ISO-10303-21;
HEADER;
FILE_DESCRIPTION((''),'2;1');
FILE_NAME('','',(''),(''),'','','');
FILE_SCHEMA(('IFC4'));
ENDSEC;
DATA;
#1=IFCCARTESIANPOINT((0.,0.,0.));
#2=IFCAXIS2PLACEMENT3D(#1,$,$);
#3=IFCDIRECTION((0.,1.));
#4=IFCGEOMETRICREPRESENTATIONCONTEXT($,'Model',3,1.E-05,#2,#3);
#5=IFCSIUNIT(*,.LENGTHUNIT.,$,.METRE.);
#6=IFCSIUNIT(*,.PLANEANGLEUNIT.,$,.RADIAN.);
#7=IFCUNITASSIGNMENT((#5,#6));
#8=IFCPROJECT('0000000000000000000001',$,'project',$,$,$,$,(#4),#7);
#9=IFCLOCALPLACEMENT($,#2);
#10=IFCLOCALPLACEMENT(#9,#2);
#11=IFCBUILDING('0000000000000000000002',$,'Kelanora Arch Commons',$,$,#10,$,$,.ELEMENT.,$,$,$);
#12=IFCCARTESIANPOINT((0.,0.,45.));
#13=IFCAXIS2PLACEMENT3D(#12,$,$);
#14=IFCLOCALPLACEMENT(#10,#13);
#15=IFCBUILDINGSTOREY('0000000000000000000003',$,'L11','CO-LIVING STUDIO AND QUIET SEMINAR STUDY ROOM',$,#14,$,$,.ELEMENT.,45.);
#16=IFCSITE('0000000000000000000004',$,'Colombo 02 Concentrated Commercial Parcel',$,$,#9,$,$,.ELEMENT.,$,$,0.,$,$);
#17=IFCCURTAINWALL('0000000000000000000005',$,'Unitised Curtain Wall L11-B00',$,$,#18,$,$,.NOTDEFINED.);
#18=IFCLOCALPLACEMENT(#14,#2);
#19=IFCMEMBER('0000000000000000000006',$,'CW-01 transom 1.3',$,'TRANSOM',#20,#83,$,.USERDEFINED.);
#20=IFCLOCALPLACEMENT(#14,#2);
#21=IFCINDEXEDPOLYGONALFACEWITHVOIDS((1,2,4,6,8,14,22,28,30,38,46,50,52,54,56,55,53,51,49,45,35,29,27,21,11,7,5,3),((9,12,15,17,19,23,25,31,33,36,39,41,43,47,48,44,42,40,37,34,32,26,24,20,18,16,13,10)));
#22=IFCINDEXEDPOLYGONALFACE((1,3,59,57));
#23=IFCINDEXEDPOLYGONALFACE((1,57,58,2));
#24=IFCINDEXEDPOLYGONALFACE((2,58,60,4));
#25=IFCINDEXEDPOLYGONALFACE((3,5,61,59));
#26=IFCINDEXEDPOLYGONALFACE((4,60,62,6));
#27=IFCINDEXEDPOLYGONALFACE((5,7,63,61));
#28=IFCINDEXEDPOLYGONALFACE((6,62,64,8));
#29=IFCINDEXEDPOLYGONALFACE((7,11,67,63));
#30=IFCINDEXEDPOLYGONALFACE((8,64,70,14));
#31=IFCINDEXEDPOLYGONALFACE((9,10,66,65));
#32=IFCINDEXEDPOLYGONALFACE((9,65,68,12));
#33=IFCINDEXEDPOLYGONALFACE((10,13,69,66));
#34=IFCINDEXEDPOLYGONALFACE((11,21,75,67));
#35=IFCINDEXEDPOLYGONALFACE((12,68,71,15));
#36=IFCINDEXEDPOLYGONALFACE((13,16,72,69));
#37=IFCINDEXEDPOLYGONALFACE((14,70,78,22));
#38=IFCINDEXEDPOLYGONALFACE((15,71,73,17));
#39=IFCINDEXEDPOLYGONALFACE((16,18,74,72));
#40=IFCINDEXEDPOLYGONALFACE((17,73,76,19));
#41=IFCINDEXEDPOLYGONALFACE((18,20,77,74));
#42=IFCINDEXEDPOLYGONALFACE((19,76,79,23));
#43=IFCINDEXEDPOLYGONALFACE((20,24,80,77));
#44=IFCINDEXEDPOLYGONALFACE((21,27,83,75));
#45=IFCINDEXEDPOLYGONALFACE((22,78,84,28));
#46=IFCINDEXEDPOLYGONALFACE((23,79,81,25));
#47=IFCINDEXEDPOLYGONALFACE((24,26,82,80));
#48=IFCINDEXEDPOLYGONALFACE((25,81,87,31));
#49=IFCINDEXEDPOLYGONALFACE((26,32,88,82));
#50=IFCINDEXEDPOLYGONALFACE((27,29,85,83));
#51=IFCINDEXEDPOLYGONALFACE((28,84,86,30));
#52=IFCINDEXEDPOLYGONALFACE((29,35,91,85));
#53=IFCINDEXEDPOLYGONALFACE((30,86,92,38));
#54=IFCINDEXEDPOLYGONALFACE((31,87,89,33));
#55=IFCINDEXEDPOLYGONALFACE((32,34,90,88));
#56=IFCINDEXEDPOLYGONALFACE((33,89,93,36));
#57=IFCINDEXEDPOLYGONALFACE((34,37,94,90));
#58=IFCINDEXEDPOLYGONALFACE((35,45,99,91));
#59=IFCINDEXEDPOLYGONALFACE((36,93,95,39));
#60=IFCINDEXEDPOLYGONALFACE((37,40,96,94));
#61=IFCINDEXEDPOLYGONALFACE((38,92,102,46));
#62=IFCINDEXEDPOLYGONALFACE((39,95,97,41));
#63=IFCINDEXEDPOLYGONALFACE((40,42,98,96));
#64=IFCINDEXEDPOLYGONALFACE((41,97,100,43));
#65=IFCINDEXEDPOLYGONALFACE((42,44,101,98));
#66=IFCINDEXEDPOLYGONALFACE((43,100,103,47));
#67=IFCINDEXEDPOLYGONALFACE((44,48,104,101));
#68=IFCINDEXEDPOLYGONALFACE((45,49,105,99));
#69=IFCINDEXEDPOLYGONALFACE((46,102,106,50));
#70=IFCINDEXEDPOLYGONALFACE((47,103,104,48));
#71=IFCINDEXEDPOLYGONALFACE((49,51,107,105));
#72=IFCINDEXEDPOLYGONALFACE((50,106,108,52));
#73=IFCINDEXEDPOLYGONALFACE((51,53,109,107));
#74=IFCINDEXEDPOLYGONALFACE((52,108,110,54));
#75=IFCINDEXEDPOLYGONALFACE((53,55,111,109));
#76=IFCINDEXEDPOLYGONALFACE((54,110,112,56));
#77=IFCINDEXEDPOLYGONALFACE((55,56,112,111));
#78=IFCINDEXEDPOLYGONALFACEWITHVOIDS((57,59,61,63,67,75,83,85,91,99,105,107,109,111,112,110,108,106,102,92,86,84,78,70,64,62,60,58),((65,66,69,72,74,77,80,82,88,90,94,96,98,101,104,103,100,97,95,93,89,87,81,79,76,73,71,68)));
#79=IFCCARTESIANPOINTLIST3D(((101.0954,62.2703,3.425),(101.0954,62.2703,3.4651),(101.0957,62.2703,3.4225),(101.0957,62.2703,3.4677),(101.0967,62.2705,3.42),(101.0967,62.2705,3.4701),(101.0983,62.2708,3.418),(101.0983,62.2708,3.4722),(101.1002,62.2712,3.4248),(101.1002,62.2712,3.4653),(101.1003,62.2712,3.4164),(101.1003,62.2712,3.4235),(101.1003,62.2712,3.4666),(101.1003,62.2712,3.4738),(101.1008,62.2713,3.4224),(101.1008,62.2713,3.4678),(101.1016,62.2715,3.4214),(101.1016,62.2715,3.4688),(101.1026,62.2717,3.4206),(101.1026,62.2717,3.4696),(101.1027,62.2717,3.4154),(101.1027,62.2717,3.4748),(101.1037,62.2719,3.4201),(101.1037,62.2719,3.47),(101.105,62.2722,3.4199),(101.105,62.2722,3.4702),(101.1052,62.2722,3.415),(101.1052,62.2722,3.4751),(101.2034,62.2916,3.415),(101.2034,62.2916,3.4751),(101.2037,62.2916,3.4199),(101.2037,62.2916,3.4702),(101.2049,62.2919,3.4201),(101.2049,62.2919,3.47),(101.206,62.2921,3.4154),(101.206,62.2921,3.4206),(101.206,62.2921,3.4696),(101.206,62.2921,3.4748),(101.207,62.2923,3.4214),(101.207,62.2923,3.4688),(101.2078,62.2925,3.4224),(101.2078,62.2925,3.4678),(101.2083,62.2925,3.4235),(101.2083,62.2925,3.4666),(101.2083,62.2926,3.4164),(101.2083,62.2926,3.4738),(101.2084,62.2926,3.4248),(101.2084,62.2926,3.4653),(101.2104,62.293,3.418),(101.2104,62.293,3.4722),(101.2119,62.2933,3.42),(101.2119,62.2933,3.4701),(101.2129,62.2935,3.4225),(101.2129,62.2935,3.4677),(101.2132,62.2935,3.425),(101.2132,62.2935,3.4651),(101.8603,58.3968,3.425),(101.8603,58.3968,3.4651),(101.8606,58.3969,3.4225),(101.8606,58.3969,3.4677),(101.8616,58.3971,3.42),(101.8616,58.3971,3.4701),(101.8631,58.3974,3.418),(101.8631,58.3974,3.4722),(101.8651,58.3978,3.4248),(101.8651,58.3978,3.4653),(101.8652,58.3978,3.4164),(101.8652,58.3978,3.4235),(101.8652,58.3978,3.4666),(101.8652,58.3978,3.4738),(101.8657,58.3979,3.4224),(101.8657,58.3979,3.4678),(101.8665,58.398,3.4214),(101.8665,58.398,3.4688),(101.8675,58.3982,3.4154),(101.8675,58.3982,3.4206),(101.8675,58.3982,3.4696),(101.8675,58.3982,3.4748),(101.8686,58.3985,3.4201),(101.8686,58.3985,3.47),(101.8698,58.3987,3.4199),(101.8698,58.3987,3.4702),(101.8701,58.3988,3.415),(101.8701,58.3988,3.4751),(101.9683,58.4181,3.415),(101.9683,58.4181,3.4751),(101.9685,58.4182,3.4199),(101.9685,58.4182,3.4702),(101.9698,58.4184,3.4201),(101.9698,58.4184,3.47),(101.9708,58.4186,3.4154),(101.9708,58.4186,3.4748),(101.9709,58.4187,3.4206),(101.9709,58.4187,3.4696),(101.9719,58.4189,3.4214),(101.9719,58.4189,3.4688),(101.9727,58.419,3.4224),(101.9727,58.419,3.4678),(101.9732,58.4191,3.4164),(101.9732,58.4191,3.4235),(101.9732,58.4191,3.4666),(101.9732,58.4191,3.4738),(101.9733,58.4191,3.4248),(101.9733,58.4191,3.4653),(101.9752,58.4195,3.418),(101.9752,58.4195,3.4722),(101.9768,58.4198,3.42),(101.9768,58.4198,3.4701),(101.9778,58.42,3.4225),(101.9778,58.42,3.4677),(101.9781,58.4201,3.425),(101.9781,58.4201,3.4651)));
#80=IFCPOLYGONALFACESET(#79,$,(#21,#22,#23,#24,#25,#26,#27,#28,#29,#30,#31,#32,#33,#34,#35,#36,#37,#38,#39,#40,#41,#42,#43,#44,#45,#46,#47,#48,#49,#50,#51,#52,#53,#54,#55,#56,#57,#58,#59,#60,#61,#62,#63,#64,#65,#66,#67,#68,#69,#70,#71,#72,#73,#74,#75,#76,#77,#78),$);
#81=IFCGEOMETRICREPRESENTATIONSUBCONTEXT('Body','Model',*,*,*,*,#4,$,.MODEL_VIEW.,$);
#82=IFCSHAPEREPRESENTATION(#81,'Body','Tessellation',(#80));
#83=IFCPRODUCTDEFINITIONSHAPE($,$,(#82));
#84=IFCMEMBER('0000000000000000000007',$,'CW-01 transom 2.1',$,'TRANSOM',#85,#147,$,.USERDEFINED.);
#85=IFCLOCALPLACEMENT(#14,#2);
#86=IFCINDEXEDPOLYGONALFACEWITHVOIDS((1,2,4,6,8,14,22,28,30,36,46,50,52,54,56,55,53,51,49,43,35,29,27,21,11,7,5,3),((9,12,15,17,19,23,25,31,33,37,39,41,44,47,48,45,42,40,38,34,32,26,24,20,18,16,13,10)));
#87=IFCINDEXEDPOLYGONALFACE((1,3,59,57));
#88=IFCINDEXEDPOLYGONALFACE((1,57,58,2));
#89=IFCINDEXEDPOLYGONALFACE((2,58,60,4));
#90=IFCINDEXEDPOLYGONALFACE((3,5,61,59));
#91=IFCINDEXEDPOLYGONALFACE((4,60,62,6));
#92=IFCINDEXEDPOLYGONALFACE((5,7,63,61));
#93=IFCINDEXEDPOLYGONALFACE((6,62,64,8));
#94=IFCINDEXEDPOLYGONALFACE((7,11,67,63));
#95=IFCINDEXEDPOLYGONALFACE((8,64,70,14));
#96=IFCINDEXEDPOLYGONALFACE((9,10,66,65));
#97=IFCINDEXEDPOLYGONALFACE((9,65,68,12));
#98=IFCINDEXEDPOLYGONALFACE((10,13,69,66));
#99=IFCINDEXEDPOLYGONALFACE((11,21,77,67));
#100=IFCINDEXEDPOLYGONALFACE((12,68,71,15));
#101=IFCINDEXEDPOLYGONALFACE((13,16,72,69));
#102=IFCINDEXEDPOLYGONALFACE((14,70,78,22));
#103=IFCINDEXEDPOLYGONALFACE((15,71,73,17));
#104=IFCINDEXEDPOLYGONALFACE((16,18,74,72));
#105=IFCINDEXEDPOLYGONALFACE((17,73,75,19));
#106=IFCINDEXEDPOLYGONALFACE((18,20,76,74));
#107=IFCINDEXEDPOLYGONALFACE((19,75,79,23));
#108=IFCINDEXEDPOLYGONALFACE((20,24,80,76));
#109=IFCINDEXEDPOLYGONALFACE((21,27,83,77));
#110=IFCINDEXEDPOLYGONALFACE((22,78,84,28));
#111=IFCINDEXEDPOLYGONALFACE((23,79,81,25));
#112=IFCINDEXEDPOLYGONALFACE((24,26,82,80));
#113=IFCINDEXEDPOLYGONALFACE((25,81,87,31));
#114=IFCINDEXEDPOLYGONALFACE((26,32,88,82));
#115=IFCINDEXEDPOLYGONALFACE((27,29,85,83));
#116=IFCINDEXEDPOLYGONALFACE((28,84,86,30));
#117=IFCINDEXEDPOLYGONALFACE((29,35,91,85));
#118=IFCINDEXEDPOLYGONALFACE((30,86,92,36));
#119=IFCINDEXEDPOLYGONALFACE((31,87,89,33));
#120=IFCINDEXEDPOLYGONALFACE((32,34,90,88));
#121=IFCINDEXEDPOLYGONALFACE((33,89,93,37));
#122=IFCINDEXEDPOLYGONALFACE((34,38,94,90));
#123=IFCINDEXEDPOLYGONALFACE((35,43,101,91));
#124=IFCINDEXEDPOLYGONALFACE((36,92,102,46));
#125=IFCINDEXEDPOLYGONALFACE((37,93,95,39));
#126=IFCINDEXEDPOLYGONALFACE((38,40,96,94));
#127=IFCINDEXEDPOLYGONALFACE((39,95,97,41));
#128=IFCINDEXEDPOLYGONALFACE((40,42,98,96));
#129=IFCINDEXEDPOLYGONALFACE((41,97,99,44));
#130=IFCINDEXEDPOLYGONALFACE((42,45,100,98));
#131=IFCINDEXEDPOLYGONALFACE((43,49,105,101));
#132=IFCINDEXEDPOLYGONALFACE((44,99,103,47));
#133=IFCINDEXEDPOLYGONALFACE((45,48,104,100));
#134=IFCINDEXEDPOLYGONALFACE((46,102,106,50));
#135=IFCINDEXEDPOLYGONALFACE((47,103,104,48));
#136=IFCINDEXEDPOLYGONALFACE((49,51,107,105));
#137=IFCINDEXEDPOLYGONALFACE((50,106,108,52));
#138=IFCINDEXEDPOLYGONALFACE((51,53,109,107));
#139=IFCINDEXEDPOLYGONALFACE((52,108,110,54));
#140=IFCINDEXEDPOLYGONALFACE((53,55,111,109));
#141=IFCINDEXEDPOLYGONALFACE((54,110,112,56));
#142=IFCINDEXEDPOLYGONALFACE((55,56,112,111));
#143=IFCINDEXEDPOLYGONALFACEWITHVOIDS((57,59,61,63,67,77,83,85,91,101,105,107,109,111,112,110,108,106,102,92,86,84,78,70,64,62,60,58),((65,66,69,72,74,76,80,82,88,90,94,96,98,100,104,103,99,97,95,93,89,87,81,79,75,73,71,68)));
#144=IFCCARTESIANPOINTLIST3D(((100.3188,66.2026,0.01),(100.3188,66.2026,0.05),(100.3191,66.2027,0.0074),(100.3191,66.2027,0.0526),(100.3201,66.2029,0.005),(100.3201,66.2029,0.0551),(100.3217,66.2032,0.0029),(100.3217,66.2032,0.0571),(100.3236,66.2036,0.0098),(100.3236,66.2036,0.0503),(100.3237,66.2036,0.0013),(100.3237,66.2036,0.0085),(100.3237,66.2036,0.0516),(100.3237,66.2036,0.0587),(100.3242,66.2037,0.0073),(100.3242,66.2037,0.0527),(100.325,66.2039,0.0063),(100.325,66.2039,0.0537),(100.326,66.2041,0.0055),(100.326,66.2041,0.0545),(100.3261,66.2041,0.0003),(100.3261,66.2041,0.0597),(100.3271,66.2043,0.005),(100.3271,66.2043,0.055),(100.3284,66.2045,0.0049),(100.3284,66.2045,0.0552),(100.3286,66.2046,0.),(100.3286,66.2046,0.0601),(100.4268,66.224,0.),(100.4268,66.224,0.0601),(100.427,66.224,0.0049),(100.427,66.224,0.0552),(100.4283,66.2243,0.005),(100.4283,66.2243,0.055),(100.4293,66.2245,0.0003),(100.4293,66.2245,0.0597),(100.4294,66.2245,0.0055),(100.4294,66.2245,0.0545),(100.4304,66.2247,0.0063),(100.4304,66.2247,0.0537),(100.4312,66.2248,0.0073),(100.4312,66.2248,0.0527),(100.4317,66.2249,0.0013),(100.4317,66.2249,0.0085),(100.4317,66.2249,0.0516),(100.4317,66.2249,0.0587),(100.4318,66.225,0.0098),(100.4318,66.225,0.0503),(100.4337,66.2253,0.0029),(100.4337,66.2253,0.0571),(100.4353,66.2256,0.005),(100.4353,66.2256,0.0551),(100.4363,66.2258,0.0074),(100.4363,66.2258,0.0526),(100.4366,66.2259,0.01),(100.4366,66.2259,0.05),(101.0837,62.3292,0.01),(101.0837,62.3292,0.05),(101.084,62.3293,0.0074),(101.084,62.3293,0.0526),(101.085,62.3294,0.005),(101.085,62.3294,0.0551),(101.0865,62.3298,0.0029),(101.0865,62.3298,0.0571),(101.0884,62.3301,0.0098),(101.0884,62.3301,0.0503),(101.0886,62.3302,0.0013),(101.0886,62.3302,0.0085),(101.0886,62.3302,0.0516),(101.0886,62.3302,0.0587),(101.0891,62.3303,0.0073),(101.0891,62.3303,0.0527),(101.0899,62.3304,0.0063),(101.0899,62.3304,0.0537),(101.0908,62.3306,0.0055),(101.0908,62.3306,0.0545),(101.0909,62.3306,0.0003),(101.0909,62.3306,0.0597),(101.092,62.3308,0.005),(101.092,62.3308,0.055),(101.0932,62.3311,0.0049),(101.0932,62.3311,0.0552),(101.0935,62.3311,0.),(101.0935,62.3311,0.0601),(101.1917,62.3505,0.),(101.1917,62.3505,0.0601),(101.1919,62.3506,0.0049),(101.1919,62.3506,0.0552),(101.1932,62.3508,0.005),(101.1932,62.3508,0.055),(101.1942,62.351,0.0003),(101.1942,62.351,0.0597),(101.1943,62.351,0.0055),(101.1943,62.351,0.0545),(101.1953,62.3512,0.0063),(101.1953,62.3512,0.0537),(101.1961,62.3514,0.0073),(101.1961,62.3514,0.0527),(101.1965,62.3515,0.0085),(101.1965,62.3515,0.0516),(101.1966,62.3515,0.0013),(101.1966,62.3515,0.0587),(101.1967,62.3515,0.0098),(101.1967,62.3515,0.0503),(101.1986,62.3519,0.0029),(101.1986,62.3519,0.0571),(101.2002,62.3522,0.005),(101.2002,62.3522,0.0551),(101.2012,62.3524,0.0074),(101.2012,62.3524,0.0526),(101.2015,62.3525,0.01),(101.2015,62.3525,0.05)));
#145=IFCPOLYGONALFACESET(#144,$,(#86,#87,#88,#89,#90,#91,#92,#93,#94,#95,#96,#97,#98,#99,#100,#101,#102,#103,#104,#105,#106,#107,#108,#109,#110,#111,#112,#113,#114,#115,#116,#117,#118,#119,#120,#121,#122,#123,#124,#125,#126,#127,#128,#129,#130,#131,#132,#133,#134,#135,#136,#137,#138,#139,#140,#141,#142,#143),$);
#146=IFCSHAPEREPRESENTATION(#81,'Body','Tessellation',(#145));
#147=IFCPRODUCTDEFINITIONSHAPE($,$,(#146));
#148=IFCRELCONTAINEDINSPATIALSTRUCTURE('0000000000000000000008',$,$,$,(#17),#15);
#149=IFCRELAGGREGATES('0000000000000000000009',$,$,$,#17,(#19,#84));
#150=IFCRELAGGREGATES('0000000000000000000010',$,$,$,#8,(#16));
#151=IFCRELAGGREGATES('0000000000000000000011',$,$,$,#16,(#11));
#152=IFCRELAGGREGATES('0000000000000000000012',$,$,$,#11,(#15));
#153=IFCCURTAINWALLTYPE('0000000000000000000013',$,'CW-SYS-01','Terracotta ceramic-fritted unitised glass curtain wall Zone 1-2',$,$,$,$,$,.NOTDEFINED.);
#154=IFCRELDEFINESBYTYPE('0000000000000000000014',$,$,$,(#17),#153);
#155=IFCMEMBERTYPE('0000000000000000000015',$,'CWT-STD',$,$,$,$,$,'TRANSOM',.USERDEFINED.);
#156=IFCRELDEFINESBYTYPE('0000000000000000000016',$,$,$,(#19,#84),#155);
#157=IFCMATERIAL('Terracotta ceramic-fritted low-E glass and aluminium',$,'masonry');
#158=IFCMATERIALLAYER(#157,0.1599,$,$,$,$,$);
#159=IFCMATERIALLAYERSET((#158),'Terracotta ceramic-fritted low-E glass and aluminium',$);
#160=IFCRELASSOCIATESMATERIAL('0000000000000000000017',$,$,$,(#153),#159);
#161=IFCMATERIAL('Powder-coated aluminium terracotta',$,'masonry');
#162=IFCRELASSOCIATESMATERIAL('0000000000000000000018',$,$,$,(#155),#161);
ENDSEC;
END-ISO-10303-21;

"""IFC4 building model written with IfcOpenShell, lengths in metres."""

from ifc_helpers import new_model, si_unit, direction, frame, origin, origin_2d, place, context, subcontext, project, spatial, hollow_rectangle, extrude, material, layer, layer_set, material_profile, profile_set, type_object, element, aggregate, save


model = new_model("IFC4")

# Units and contexts
model_context = context("Model", 3, precision=1e-05, world=origin(), true_north=direction((0.0, 1.0)))
body_context = subcontext(model_context, "Body", "Model", "MODEL_VIEW")
ifc_project = project(units=[si_unit("LENGTHUNIT", "METRE"), si_unit("PLANEANGLEUNIT", "RADIAN")], contexts=[model_context])

# Site, building, storey
site_placement = place(None, origin())
site = spatial("IfcSite", under=ifc_project, at=site_placement, Name="Colombo 02 Concentrated Commercial Parcel", CompositionType="ELEMENT", RefElevation=0.0)
building_placement = place(site_placement, origin())
building = spatial("IfcBuilding", under=site, at=building_placement, Name="Kelanora Arch Commons", CompositionType="ELEMENT")
storey_placement = place(building_placement, frame((0.0, 0.0, 45.0)))
storey = spatial("IfcBuildingStorey", under=building, at=storey_placement, Name="L11", Description="CO-LIVING STUDIO AND QUIET SEMINAR STUDY ROOM", CompositionType="ELEMENT", Elevation=45.0)

# Curtain wall, members
ifc_material_1 = material(Name="Terracotta ceramic-fritted low-E glass and aluminium", Category="masonry")
ifc_layer_1 = layer(ifc_material_1, 0.1599)
ifc_layer_set_1 = layer_set([ifc_layer_1], Name="Terracotta ceramic-fritted low-E glass and aluminium")
curtain_wall_type = type_object("IfcCurtainWallType", Name="CW-SYS-01", Description="Terracotta ceramic-fritted unitised glass curtain wall Zone 1-2", PredefinedType="NOTDEFINED", material=ifc_layer_set_1)
curtain_wall_placement = place(storey_placement, origin())
curtain_wall = element("IfcCurtainWall", 1, at=curtain_wall_placement, inside=storey, type_object=curtain_wall_type, Name="Unitised Curtain Wall L11-B00", PredefinedType="NOTDEFINED")
ifc_material_2 = material(Name="Powder-coated aluminium terracotta", Category="masonry")
ifc_material_profile_1 = material_profile(ifc_material_2, hollow_rectangle(XDim=0.1201, YDim=0.0601, WallThickness=0.0049, InnerFilletRadius=0.0049, OuterFilletRadius=0.01, at=origin_2d()), Name="CWT120x60")
ifc_profile_set_1 = profile_set([ifc_material_profile_1], Name="Powder-coated aluminium terracotta")
member_type_1 = type_object("IfcMemberType", Name="CWT-STD", ElementType="TRANSOM", PredefinedType="USERDEFINED", material=ifc_profile_set_1)
member_1_placement = place(storey_placement, frame((101.9192, 58.4084, 3.4451), z_axis=(-0.193725, 0.981056, 0.0), x_axis=(-0.981056, -0.193725, 0.0)))
member_1 = element("IfcMember", 2, at=member_1_placement, type_object=member_type_1, Name="CW-01 transom 1.3", ObjectType="TRANSOM", PredefinedType="USERDEFINED", context=body_context, shape_type="SweptSolid", body=[
    extrude(hollow_rectangle(XDim=0.1201, YDim=0.0601, WallThickness=0.0049, InnerFilletRadius=0.0049, OuterFilletRadius=0.01, at=origin_2d()), origin(), (0.0, 0.0, 1.0), 3.9482),
])
member_2_placement = place(storey_placement, frame((101.1426, 62.3408, 0.03), z_axis=(-0.193725, 0.981056, 0.0), x_axis=(-0.981056, -0.193725, 0.0)))
member_2 = element("IfcMember", 3, at=member_2_placement, type_object=member_type_1, Name="CW-01 transom 2.1", ObjectType="TRANSOM", PredefinedType="USERDEFINED", context=body_context, shape_type="SweptSolid", body=[
    extrude(hollow_rectangle(XDim=0.1201, YDim=0.0601, WallThickness=0.0049, InnerFilletRadius=0.0049, OuterFilletRadius=0.01, at=origin_2d()), origin(), (0.0, 0.0, 1.0), 3.9482),
])
aggregate(curtain_wall, [member_1, member_2])

save(model, "model.ifc")
